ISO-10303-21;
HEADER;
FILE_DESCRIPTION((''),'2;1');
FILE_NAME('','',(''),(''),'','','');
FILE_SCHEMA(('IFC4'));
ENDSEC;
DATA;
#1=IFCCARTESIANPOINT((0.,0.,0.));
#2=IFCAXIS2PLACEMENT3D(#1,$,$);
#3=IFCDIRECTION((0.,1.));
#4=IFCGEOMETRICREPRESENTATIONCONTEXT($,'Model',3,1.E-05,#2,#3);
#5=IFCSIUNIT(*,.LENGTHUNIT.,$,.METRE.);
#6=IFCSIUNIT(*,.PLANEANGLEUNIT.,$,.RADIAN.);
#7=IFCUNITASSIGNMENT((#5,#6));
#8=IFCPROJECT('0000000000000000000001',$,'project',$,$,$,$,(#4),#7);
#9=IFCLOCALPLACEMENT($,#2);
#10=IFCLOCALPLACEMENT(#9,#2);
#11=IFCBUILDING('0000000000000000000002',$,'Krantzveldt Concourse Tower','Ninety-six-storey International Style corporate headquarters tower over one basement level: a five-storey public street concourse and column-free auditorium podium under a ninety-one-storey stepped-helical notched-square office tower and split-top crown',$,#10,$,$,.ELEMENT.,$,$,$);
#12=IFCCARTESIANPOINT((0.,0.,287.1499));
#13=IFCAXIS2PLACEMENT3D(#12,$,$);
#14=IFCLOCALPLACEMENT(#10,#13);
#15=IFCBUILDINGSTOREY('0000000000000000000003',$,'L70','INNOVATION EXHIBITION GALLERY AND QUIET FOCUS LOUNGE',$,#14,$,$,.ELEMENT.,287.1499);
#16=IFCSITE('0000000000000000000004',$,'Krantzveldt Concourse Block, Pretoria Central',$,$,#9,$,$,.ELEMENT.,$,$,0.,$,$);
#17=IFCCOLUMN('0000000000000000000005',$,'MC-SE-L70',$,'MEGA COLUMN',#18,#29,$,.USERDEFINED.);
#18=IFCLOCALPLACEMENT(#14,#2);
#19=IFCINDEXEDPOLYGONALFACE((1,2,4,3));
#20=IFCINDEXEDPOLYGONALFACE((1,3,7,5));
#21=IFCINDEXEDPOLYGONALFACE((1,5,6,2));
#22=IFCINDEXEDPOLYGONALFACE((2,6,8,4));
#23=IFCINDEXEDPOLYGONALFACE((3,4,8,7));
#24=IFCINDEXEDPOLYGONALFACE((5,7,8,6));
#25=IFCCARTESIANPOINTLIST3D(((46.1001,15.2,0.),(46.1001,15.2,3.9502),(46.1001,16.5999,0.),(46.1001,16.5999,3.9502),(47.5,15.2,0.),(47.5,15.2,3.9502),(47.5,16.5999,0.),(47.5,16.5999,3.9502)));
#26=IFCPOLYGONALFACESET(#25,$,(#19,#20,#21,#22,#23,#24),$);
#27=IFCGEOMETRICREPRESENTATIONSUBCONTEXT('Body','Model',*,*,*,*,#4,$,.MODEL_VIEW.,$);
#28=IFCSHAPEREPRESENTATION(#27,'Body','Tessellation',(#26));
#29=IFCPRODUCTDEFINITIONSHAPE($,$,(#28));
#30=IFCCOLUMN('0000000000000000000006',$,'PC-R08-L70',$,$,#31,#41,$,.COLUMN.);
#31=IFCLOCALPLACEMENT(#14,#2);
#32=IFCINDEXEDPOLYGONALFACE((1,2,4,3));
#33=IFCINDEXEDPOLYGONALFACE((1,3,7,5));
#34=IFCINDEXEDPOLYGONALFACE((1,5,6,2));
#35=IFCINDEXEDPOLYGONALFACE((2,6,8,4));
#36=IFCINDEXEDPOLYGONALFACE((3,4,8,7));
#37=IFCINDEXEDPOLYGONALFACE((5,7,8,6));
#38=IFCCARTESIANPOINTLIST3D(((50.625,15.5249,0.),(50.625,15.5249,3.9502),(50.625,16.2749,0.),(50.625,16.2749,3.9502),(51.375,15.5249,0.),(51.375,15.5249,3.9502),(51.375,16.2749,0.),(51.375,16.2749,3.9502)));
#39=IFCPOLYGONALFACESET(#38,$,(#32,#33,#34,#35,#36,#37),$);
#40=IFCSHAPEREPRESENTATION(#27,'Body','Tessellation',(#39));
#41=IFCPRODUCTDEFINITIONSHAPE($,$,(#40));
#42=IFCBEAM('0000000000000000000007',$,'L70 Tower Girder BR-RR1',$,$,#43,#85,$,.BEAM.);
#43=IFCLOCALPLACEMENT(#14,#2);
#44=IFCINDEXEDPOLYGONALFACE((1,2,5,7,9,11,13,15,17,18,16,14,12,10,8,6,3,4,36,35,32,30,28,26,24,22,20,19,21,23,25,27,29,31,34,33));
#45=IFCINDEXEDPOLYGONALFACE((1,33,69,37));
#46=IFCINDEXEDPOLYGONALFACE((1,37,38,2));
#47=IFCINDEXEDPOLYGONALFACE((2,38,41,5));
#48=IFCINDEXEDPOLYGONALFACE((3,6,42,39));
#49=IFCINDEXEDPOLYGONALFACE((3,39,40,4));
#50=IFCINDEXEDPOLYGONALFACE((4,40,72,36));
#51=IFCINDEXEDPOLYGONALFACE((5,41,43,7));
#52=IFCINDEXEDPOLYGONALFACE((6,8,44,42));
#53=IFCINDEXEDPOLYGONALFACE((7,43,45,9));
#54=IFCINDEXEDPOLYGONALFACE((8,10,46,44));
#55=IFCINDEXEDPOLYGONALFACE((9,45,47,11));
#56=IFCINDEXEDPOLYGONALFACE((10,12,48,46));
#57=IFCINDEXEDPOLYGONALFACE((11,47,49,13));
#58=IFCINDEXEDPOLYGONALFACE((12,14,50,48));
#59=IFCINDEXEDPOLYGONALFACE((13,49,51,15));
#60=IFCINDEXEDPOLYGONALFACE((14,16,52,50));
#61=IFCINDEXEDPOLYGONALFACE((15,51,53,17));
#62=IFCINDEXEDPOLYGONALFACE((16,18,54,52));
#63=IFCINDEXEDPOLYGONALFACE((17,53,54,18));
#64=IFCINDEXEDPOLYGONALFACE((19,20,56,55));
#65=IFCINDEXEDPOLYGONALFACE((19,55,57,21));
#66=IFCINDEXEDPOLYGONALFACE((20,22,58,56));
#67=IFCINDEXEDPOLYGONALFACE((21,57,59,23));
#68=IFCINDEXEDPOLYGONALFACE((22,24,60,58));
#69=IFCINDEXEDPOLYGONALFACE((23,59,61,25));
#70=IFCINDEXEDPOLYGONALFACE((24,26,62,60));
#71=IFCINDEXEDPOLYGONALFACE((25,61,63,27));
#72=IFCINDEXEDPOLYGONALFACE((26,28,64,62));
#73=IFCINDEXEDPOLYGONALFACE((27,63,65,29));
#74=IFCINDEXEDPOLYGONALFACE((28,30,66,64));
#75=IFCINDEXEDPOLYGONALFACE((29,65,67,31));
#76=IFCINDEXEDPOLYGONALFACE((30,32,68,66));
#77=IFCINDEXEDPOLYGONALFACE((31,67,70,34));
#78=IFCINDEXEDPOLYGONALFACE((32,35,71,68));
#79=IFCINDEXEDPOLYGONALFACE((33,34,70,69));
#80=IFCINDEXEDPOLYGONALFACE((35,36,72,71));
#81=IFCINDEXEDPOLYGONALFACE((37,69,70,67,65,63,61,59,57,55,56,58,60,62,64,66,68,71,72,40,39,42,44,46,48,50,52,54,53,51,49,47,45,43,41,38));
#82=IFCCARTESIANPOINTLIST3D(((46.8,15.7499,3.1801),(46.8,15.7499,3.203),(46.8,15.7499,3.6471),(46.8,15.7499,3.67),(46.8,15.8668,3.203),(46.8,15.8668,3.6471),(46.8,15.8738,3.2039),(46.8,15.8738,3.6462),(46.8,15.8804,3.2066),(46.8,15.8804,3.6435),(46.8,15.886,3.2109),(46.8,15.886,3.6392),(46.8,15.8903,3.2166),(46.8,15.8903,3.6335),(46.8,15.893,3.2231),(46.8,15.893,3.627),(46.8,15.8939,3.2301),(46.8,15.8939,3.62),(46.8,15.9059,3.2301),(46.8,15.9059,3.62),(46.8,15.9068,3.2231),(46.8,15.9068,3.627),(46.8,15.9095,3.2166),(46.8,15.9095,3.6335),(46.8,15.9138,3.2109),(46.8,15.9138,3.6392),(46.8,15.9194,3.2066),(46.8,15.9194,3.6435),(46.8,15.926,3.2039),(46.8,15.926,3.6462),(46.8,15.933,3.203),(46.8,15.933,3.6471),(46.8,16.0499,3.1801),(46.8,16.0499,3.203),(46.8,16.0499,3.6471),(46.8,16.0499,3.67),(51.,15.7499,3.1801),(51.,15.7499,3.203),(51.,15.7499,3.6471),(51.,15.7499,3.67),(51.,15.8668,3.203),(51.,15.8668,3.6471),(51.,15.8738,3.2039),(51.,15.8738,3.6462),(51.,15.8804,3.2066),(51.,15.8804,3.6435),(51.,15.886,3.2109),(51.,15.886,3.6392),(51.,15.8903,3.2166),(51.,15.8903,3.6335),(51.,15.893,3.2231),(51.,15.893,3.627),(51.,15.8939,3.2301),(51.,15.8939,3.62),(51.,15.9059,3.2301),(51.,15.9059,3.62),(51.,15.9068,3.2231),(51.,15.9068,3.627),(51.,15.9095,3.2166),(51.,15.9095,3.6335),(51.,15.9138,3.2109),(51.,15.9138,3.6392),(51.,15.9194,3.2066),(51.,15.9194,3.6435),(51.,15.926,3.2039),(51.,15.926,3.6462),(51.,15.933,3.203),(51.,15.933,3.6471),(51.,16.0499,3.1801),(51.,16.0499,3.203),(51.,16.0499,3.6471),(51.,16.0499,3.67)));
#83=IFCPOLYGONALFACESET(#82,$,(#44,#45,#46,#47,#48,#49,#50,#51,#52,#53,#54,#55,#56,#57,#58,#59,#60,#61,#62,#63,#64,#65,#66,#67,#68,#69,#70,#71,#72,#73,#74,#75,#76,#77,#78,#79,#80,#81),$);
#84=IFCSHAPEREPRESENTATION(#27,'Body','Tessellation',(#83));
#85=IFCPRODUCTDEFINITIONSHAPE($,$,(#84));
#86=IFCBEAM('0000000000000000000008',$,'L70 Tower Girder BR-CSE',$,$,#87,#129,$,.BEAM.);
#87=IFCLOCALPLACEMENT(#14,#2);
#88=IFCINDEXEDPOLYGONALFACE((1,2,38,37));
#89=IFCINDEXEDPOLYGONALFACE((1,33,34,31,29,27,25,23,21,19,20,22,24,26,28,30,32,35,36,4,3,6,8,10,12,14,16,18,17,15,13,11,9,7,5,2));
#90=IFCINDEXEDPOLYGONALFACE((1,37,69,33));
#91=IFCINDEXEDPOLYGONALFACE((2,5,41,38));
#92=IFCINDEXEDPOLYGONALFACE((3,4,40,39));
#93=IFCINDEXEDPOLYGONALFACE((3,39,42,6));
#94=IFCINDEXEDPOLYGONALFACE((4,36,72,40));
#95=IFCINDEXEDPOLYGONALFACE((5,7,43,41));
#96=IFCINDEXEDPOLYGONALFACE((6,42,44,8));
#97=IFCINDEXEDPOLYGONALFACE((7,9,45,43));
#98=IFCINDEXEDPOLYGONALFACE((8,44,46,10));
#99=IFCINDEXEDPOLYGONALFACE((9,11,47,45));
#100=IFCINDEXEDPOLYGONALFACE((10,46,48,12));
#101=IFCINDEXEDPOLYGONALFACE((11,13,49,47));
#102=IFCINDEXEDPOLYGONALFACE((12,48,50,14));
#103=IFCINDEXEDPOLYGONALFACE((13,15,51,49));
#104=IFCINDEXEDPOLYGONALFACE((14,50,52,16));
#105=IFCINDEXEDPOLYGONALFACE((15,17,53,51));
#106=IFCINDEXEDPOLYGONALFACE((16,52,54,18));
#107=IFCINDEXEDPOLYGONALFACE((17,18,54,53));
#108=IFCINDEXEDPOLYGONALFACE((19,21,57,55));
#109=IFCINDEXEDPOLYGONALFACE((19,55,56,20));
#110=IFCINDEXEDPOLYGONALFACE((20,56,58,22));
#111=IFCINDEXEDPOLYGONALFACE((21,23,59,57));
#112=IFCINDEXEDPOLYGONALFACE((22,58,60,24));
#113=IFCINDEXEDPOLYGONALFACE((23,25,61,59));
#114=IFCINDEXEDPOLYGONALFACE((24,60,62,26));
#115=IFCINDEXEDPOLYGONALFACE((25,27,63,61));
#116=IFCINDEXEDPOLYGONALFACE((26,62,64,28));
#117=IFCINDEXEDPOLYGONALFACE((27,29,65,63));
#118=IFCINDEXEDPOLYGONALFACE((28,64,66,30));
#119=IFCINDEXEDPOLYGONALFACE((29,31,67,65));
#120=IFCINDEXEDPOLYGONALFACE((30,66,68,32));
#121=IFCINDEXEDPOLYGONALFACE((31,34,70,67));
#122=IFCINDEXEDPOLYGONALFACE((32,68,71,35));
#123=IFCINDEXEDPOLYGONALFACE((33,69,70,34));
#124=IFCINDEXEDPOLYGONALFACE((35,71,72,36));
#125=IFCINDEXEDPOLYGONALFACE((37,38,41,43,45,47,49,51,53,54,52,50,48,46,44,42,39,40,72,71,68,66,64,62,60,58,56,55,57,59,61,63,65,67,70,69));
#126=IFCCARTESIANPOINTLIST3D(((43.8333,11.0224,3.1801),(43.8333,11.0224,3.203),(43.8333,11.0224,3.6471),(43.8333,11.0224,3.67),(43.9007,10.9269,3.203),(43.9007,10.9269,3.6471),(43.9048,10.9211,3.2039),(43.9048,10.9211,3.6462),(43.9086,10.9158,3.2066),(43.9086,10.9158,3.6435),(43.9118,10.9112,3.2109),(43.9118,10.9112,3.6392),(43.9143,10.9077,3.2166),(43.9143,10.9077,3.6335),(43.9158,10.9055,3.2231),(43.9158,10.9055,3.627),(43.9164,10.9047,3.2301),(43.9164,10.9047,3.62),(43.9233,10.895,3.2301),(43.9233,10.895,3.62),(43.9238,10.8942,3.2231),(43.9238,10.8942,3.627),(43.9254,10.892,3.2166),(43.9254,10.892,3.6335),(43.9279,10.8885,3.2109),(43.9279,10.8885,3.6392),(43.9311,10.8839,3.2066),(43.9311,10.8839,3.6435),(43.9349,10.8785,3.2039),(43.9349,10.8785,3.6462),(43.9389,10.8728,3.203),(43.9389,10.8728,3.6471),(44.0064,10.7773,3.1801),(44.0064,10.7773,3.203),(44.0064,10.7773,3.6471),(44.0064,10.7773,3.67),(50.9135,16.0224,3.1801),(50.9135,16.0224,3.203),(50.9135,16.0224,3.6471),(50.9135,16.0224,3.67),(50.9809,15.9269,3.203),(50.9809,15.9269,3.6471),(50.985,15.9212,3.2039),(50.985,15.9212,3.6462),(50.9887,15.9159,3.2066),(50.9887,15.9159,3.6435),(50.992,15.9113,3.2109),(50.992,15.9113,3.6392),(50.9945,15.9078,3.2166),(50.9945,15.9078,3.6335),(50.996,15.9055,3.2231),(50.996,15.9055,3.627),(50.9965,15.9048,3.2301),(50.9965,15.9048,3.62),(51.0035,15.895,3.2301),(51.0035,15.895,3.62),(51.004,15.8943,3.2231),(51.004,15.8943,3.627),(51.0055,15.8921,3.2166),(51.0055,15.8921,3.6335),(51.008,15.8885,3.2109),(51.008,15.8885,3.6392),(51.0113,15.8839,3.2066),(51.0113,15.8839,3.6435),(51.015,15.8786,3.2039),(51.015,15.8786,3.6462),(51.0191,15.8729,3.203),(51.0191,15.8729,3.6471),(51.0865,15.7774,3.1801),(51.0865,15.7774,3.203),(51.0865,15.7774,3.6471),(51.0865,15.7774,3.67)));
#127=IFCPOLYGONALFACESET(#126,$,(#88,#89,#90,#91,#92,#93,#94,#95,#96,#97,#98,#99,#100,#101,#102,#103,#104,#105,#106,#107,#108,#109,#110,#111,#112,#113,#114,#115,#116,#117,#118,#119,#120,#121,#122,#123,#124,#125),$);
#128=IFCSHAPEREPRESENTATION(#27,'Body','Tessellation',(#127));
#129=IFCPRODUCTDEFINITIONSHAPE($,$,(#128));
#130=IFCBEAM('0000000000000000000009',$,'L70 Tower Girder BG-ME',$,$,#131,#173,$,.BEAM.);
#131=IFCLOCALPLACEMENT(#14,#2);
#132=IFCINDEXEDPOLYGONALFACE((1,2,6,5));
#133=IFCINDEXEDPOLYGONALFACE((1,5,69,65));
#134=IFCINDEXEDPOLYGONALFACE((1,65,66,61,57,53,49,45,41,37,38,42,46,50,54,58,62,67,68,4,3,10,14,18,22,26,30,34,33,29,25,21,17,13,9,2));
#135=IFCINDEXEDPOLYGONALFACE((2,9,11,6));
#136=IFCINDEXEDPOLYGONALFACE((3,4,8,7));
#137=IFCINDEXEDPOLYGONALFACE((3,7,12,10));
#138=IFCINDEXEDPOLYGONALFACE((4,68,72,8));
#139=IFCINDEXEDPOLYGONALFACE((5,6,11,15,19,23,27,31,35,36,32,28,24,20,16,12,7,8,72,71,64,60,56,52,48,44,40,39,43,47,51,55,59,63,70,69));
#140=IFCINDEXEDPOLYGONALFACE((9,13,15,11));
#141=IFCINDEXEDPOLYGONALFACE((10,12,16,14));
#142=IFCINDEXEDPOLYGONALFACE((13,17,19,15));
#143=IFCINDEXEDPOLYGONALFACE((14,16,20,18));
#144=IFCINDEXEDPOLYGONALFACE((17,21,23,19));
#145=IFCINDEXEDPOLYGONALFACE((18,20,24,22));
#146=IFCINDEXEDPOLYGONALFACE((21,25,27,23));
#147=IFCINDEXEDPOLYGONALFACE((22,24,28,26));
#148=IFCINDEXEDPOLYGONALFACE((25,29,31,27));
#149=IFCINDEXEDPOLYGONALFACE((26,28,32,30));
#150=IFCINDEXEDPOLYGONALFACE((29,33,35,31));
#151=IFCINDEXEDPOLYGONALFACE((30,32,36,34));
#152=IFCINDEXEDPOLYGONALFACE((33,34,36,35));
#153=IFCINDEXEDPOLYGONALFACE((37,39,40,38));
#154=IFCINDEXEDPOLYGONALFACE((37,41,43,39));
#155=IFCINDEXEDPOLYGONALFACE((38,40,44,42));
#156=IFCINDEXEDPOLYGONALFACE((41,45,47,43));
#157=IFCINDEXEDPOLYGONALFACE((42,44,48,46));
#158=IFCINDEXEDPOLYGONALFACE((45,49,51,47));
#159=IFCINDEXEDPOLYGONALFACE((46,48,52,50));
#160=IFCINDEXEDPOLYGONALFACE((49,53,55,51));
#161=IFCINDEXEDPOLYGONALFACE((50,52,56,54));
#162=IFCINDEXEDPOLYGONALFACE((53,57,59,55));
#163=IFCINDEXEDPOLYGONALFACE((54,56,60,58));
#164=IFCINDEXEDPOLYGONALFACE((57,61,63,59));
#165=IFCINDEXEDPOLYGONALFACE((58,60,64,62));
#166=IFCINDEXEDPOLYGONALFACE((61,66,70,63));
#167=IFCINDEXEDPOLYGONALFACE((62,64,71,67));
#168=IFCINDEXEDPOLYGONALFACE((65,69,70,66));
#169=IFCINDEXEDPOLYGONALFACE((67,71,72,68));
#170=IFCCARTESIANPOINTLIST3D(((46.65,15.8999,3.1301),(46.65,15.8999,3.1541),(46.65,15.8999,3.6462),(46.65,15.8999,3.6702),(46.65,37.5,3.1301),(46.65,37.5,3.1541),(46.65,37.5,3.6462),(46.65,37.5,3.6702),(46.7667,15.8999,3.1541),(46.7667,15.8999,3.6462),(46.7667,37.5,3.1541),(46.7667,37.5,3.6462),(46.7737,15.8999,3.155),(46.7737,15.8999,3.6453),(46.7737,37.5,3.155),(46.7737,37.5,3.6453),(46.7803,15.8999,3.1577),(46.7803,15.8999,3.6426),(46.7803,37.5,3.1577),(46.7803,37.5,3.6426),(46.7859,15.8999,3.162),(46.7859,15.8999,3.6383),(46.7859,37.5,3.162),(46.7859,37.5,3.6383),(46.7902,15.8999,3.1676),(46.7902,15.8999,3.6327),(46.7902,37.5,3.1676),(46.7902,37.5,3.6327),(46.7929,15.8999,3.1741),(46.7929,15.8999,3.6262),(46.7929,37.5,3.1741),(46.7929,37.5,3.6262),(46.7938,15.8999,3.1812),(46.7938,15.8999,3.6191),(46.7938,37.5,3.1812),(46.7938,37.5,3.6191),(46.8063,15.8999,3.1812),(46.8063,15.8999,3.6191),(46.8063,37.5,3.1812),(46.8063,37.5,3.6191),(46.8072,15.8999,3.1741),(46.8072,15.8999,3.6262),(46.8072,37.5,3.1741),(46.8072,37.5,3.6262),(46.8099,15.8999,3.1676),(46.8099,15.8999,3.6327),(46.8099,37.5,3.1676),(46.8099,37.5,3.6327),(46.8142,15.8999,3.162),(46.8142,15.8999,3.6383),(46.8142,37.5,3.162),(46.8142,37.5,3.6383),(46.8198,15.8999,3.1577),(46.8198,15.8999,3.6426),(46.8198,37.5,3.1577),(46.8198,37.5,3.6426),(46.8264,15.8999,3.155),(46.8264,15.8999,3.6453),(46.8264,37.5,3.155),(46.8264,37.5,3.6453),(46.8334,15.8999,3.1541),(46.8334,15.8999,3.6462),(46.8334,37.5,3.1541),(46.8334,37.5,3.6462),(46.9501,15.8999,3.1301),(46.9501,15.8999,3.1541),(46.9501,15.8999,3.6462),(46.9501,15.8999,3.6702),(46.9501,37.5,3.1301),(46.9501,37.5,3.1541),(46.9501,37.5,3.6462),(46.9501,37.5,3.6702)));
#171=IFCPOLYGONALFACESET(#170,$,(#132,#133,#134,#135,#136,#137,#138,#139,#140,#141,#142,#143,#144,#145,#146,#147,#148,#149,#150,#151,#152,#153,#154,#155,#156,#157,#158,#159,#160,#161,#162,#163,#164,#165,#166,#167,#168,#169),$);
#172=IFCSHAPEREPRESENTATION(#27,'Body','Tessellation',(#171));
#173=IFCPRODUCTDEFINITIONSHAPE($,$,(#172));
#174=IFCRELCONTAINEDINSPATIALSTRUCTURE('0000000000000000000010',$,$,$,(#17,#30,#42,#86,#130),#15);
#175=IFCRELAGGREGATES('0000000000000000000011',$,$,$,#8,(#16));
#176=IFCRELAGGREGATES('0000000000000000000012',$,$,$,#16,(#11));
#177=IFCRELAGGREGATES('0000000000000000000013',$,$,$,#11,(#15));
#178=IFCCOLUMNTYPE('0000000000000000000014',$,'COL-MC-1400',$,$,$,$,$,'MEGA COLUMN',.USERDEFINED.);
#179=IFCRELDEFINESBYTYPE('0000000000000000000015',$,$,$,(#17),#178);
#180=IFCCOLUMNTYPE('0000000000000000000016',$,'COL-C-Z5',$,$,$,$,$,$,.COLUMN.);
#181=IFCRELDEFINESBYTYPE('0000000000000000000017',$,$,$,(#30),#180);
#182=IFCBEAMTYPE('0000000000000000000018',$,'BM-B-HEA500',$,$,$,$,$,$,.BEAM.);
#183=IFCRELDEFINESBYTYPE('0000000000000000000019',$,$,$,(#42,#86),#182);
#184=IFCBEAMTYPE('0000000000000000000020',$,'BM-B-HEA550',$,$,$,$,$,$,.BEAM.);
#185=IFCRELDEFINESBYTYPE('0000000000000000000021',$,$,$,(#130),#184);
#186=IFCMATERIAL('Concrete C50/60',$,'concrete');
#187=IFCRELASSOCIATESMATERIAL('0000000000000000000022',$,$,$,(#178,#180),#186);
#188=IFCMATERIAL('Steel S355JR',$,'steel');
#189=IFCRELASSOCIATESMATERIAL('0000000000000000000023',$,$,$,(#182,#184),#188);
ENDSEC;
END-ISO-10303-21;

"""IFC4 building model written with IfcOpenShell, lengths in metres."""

from ifc_helpers import new_model, si_unit, direction, frame, origin, origin_2d, place, context, subcontext, project, spatial, rectangle, i_section, extrude, source, transform, mapped, material, material_profile, profile_set, type_object, type_shapes, element, save


model = new_model("IFC4")

# Units and contexts
model_context = context("Model", 3, precision=1e-05, world=origin(), true_north=direction((0.0, 1.0)))
body_context = subcontext(model_context, "Body", "Model", "MODEL_VIEW")
ifc_project = project(units=[si_unit("LENGTHUNIT", "METRE"), si_unit("PLANEANGLEUNIT", "RADIAN")], contexts=[model_context])

# Site, building, storey
site_placement = place(None, origin())
site = spatial("IfcSite", under=ifc_project, at=site_placement, Name="Krantzveldt Concourse Block, Pretoria Central", CompositionType="ELEMENT", RefElevation=0.0)
building_placement = place(site_placement, origin())
building = spatial("IfcBuilding", under=site, at=building_placement, Name="Krantzveldt Concourse Tower", Description="Ninety-six-storey International Style corporate headquarters tower over one basement level: a five-storey public street concourse and column-free auditorium podium under a ninety-one-storey stepped-helical notched-square office tower and split-top crown", CompositionType="ELEMENT")
storey_placement = place(building_placement, frame((0.0, 0.0, 287.1499)))
storey = spatial("IfcBuildingStorey", under=building, at=storey_placement, Name="L70", Description="INNOVATION EXHIBITION GALLERY AND QUIET FOCUS LOUNGE", CompositionType="ELEMENT", Elevation=287.1499)

# Columns
ifc_material_1 = material(Name="Concrete C50/60", Category="concrete")
ifc_material_profile_1 = material_profile(ifc_material_1, rectangle(XDim=1.3999, YDim=1.3999, at=origin_2d()), Name="Concrete C50/60", Category="concrete")
ifc_profile_set_1 = profile_set([ifc_material_profile_1], Name="Concrete C50/60 - RC 1400x1400")
column_type_1 = type_object("IfcColumnType", Name="COL-MC-1400", ElementType="MEGA COLUMN", PredefinedType="USERDEFINED", material=ifc_profile_set_1)
shared_shape_1 = source(origin(), body_context, "Body", "SweptSolid", [
    extrude(rectangle(XDim=1.3999, YDim=1.3999, at=origin_2d()), origin(), (0.0, 0.0, 1.0), 3.9502),
])
type_shapes(column_type_1, [shared_shape_1])
column_1_placement = place(storey_placement, frame((46.8, 15.8999, 0.0), z_axis=(0.0, 0.0, 1.0), x_axis=(1.0, 0.0, 0.0)))
element("IfcColumn", 1, at=column_1_placement, inside=storey, type_object=column_type_1, Name="MC-SE-L70", ObjectType="MEGA COLUMN", PredefinedType="USERDEFINED", context=body_context, shape_type="MappedRepresentation", body=[
    mapped(shared_shape_1, transform((0.0, 0.0, 0.0), x_axis=(1.0, 0.0, 0.0), y_axis=(0.0, 1.0, 0.0), z_axis=(0.0, 0.0, 1.0), scale=1.0)),
])
ifc_material_profile_2 = material_profile(ifc_material_1, rectangle(XDim=0.75, YDim=0.75, at=origin_2d()), Name="Concrete C50/60", Category="concrete")
ifc_profile_set_2 = profile_set([ifc_material_profile_2], Name="Concrete C50/60 - RC 750x750")
column_type_2 = type_object("IfcColumnType", Name="COL-C-Z5", PredefinedType="COLUMN", material=ifc_profile_set_2)
shared_shape_2 = source(origin(), body_context, "Body", "SweptSolid", [
    extrude(rectangle(XDim=0.75, YDim=0.75, at=origin_2d()), origin(), (0.0, 0.0, 1.0), 3.9502),
])
type_shapes(column_type_2, [shared_shape_2])
column_2_placement = place(storey_placement, frame((51.0, 15.8999, 0.0), z_axis=(0.0, 0.0, 1.0), x_axis=(1.0, 0.0, 0.0)))
element("IfcColumn", 2, at=column_2_placement, inside=storey, type_object=column_type_2, Name="PC-R08-L70", PredefinedType="COLUMN", context=body_context, shape_type="MappedRepresentation", body=[
    mapped(shared_shape_2, transform((0.0, 0.0, 0.0), x_axis=(1.0, 0.0, 0.0), y_axis=(0.0, 1.0, 0.0), z_axis=(0.0, 0.0, 1.0), scale=1.0)),
])

# Beams
ifc_material_2 = material(Name="Steel S355JR", Category="steel")
ifc_material_profile_3 = material_profile(ifc_material_2, i_section(OverallWidth=0.3, OverallDepth=0.49, WebThickness=0.012, FlangeThickness=0.0229, FilletRadius=0.0271, at=origin_2d()), Name="Steel S355JR", Category="steel")
ifc_profile_set_3 = profile_set([ifc_material_profile_3], Name="Steel S355JR - HEA 500")
beam_type_1 = type_object("IfcBeamType", Name="BM-B-HEA500", PredefinedType="BEAM", material=ifc_profile_set_3)
shared_shape_3 = source(origin(), body_context, "Body", "SweptSolid", [
    extrude(i_section(OverallWidth=0.3, OverallDepth=0.49, WebThickness=0.012, FlangeThickness=0.0229, FilletRadius=0.0271, at=origin_2d()), origin(), (0.0, 0.0, 1.0), 4.2),
])
beam_1_placement = place(storey_placement, frame((46.8, 15.8999, 3.425), z_axis=(1.0, 0.0, 0.0), x_axis=(0.0, 1.0, 0.0)))
element("IfcBeam", 3, at=beam_1_placement, inside=storey, type_object=beam_type_1, Name="L70 Tower Girder BR-RR1", PredefinedType="BEAM", context=body_context, shape_type="MappedRepresentation", body=[
    mapped(shared_shape_3, transform((0.0, 0.0, 0.0), x_axis=(1.0, 0.0, 0.0), y_axis=(0.0, 1.0, 0.0), z_axis=(0.0, 0.0, 1.0), scale=1.0)),
])
shared_shape_4 = source(origin(), body_context, "Body", "SweptSolid", [
    extrude(i_section(OverallWidth=0.3, OverallDepth=0.49, WebThickness=0.012, FlangeThickness=0.0229, FilletRadius=0.0271, at=origin_2d()), origin(), (0.0, 0.0, 1.0), 8.6677),
])
type_shapes(beam_type_1, [shared_shape_3, shared_shape_4])
beam_2_placement = place(storey_placement, frame((51.0, 15.8999, 3.425), z_axis=(-0.816843, -0.57686, 0.0), x_axis=(0.57686, -0.816843, 0.0)))
element("IfcBeam", 4, at=beam_2_placement, inside=storey, type_object=beam_type_1, Name="L70 Tower Girder BR-CSE", PredefinedType="BEAM", context=body_context, shape_type="MappedRepresentation", body=[
    mapped(shared_shape_4, transform((0.0, 0.0, 0.0), x_axis=(1.0, 0.0, 0.0), y_axis=(0.0, 1.0, 0.0), z_axis=(0.0, 0.0, 1.0), scale=1.0)),
])
ifc_material_profile_4 = material_profile(ifc_material_2, i_section(OverallWidth=0.3, OverallDepth=0.54, WebThickness=0.0125, FlangeThickness=0.0239, FilletRadius=0.0271, at=origin_2d()), Name="Steel S355JR", Category="steel")
ifc_profile_set_4 = profile_set([ifc_material_profile_4], Name="Steel S355JR - HEA 550")
beam_type_2 = type_object("IfcBeamType", Name="BM-B-HEA550", PredefinedType="BEAM", material=ifc_profile_set_4)
shared_shape_5 = source(origin(), body_context, "Body", "SweptSolid", [
    extrude(i_section(OverallWidth=0.3, OverallDepth=0.54, WebThickness=0.0125, FlangeThickness=0.0239, FilletRadius=0.0271, at=origin_2d()), origin(), (0.0, 0.0, 1.0), 21.6001),
])
beam_3_placement = place(storey_placement, frame((46.8, 15.8999, 3.4001), z_axis=(0.0, 1.0, 0.0), x_axis=(-1.0, 0.0, 0.0)))
element("IfcBeam", 5, at=beam_3_placement, inside=storey, type_object=beam_type_2, Name="L70 Tower Girder BG-ME", PredefinedType="BEAM", context=body_context, shape_type="MappedRepresentation", body=[
    mapped(shared_shape_5, transform((0.0, 0.0, 0.0), x_axis=(1.0, 0.0, 0.0), y_axis=(0.0, 1.0, 0.0), z_axis=(0.0, 0.0, 1.0), scale=1.0)),
])

save(model, "model.ifc")
